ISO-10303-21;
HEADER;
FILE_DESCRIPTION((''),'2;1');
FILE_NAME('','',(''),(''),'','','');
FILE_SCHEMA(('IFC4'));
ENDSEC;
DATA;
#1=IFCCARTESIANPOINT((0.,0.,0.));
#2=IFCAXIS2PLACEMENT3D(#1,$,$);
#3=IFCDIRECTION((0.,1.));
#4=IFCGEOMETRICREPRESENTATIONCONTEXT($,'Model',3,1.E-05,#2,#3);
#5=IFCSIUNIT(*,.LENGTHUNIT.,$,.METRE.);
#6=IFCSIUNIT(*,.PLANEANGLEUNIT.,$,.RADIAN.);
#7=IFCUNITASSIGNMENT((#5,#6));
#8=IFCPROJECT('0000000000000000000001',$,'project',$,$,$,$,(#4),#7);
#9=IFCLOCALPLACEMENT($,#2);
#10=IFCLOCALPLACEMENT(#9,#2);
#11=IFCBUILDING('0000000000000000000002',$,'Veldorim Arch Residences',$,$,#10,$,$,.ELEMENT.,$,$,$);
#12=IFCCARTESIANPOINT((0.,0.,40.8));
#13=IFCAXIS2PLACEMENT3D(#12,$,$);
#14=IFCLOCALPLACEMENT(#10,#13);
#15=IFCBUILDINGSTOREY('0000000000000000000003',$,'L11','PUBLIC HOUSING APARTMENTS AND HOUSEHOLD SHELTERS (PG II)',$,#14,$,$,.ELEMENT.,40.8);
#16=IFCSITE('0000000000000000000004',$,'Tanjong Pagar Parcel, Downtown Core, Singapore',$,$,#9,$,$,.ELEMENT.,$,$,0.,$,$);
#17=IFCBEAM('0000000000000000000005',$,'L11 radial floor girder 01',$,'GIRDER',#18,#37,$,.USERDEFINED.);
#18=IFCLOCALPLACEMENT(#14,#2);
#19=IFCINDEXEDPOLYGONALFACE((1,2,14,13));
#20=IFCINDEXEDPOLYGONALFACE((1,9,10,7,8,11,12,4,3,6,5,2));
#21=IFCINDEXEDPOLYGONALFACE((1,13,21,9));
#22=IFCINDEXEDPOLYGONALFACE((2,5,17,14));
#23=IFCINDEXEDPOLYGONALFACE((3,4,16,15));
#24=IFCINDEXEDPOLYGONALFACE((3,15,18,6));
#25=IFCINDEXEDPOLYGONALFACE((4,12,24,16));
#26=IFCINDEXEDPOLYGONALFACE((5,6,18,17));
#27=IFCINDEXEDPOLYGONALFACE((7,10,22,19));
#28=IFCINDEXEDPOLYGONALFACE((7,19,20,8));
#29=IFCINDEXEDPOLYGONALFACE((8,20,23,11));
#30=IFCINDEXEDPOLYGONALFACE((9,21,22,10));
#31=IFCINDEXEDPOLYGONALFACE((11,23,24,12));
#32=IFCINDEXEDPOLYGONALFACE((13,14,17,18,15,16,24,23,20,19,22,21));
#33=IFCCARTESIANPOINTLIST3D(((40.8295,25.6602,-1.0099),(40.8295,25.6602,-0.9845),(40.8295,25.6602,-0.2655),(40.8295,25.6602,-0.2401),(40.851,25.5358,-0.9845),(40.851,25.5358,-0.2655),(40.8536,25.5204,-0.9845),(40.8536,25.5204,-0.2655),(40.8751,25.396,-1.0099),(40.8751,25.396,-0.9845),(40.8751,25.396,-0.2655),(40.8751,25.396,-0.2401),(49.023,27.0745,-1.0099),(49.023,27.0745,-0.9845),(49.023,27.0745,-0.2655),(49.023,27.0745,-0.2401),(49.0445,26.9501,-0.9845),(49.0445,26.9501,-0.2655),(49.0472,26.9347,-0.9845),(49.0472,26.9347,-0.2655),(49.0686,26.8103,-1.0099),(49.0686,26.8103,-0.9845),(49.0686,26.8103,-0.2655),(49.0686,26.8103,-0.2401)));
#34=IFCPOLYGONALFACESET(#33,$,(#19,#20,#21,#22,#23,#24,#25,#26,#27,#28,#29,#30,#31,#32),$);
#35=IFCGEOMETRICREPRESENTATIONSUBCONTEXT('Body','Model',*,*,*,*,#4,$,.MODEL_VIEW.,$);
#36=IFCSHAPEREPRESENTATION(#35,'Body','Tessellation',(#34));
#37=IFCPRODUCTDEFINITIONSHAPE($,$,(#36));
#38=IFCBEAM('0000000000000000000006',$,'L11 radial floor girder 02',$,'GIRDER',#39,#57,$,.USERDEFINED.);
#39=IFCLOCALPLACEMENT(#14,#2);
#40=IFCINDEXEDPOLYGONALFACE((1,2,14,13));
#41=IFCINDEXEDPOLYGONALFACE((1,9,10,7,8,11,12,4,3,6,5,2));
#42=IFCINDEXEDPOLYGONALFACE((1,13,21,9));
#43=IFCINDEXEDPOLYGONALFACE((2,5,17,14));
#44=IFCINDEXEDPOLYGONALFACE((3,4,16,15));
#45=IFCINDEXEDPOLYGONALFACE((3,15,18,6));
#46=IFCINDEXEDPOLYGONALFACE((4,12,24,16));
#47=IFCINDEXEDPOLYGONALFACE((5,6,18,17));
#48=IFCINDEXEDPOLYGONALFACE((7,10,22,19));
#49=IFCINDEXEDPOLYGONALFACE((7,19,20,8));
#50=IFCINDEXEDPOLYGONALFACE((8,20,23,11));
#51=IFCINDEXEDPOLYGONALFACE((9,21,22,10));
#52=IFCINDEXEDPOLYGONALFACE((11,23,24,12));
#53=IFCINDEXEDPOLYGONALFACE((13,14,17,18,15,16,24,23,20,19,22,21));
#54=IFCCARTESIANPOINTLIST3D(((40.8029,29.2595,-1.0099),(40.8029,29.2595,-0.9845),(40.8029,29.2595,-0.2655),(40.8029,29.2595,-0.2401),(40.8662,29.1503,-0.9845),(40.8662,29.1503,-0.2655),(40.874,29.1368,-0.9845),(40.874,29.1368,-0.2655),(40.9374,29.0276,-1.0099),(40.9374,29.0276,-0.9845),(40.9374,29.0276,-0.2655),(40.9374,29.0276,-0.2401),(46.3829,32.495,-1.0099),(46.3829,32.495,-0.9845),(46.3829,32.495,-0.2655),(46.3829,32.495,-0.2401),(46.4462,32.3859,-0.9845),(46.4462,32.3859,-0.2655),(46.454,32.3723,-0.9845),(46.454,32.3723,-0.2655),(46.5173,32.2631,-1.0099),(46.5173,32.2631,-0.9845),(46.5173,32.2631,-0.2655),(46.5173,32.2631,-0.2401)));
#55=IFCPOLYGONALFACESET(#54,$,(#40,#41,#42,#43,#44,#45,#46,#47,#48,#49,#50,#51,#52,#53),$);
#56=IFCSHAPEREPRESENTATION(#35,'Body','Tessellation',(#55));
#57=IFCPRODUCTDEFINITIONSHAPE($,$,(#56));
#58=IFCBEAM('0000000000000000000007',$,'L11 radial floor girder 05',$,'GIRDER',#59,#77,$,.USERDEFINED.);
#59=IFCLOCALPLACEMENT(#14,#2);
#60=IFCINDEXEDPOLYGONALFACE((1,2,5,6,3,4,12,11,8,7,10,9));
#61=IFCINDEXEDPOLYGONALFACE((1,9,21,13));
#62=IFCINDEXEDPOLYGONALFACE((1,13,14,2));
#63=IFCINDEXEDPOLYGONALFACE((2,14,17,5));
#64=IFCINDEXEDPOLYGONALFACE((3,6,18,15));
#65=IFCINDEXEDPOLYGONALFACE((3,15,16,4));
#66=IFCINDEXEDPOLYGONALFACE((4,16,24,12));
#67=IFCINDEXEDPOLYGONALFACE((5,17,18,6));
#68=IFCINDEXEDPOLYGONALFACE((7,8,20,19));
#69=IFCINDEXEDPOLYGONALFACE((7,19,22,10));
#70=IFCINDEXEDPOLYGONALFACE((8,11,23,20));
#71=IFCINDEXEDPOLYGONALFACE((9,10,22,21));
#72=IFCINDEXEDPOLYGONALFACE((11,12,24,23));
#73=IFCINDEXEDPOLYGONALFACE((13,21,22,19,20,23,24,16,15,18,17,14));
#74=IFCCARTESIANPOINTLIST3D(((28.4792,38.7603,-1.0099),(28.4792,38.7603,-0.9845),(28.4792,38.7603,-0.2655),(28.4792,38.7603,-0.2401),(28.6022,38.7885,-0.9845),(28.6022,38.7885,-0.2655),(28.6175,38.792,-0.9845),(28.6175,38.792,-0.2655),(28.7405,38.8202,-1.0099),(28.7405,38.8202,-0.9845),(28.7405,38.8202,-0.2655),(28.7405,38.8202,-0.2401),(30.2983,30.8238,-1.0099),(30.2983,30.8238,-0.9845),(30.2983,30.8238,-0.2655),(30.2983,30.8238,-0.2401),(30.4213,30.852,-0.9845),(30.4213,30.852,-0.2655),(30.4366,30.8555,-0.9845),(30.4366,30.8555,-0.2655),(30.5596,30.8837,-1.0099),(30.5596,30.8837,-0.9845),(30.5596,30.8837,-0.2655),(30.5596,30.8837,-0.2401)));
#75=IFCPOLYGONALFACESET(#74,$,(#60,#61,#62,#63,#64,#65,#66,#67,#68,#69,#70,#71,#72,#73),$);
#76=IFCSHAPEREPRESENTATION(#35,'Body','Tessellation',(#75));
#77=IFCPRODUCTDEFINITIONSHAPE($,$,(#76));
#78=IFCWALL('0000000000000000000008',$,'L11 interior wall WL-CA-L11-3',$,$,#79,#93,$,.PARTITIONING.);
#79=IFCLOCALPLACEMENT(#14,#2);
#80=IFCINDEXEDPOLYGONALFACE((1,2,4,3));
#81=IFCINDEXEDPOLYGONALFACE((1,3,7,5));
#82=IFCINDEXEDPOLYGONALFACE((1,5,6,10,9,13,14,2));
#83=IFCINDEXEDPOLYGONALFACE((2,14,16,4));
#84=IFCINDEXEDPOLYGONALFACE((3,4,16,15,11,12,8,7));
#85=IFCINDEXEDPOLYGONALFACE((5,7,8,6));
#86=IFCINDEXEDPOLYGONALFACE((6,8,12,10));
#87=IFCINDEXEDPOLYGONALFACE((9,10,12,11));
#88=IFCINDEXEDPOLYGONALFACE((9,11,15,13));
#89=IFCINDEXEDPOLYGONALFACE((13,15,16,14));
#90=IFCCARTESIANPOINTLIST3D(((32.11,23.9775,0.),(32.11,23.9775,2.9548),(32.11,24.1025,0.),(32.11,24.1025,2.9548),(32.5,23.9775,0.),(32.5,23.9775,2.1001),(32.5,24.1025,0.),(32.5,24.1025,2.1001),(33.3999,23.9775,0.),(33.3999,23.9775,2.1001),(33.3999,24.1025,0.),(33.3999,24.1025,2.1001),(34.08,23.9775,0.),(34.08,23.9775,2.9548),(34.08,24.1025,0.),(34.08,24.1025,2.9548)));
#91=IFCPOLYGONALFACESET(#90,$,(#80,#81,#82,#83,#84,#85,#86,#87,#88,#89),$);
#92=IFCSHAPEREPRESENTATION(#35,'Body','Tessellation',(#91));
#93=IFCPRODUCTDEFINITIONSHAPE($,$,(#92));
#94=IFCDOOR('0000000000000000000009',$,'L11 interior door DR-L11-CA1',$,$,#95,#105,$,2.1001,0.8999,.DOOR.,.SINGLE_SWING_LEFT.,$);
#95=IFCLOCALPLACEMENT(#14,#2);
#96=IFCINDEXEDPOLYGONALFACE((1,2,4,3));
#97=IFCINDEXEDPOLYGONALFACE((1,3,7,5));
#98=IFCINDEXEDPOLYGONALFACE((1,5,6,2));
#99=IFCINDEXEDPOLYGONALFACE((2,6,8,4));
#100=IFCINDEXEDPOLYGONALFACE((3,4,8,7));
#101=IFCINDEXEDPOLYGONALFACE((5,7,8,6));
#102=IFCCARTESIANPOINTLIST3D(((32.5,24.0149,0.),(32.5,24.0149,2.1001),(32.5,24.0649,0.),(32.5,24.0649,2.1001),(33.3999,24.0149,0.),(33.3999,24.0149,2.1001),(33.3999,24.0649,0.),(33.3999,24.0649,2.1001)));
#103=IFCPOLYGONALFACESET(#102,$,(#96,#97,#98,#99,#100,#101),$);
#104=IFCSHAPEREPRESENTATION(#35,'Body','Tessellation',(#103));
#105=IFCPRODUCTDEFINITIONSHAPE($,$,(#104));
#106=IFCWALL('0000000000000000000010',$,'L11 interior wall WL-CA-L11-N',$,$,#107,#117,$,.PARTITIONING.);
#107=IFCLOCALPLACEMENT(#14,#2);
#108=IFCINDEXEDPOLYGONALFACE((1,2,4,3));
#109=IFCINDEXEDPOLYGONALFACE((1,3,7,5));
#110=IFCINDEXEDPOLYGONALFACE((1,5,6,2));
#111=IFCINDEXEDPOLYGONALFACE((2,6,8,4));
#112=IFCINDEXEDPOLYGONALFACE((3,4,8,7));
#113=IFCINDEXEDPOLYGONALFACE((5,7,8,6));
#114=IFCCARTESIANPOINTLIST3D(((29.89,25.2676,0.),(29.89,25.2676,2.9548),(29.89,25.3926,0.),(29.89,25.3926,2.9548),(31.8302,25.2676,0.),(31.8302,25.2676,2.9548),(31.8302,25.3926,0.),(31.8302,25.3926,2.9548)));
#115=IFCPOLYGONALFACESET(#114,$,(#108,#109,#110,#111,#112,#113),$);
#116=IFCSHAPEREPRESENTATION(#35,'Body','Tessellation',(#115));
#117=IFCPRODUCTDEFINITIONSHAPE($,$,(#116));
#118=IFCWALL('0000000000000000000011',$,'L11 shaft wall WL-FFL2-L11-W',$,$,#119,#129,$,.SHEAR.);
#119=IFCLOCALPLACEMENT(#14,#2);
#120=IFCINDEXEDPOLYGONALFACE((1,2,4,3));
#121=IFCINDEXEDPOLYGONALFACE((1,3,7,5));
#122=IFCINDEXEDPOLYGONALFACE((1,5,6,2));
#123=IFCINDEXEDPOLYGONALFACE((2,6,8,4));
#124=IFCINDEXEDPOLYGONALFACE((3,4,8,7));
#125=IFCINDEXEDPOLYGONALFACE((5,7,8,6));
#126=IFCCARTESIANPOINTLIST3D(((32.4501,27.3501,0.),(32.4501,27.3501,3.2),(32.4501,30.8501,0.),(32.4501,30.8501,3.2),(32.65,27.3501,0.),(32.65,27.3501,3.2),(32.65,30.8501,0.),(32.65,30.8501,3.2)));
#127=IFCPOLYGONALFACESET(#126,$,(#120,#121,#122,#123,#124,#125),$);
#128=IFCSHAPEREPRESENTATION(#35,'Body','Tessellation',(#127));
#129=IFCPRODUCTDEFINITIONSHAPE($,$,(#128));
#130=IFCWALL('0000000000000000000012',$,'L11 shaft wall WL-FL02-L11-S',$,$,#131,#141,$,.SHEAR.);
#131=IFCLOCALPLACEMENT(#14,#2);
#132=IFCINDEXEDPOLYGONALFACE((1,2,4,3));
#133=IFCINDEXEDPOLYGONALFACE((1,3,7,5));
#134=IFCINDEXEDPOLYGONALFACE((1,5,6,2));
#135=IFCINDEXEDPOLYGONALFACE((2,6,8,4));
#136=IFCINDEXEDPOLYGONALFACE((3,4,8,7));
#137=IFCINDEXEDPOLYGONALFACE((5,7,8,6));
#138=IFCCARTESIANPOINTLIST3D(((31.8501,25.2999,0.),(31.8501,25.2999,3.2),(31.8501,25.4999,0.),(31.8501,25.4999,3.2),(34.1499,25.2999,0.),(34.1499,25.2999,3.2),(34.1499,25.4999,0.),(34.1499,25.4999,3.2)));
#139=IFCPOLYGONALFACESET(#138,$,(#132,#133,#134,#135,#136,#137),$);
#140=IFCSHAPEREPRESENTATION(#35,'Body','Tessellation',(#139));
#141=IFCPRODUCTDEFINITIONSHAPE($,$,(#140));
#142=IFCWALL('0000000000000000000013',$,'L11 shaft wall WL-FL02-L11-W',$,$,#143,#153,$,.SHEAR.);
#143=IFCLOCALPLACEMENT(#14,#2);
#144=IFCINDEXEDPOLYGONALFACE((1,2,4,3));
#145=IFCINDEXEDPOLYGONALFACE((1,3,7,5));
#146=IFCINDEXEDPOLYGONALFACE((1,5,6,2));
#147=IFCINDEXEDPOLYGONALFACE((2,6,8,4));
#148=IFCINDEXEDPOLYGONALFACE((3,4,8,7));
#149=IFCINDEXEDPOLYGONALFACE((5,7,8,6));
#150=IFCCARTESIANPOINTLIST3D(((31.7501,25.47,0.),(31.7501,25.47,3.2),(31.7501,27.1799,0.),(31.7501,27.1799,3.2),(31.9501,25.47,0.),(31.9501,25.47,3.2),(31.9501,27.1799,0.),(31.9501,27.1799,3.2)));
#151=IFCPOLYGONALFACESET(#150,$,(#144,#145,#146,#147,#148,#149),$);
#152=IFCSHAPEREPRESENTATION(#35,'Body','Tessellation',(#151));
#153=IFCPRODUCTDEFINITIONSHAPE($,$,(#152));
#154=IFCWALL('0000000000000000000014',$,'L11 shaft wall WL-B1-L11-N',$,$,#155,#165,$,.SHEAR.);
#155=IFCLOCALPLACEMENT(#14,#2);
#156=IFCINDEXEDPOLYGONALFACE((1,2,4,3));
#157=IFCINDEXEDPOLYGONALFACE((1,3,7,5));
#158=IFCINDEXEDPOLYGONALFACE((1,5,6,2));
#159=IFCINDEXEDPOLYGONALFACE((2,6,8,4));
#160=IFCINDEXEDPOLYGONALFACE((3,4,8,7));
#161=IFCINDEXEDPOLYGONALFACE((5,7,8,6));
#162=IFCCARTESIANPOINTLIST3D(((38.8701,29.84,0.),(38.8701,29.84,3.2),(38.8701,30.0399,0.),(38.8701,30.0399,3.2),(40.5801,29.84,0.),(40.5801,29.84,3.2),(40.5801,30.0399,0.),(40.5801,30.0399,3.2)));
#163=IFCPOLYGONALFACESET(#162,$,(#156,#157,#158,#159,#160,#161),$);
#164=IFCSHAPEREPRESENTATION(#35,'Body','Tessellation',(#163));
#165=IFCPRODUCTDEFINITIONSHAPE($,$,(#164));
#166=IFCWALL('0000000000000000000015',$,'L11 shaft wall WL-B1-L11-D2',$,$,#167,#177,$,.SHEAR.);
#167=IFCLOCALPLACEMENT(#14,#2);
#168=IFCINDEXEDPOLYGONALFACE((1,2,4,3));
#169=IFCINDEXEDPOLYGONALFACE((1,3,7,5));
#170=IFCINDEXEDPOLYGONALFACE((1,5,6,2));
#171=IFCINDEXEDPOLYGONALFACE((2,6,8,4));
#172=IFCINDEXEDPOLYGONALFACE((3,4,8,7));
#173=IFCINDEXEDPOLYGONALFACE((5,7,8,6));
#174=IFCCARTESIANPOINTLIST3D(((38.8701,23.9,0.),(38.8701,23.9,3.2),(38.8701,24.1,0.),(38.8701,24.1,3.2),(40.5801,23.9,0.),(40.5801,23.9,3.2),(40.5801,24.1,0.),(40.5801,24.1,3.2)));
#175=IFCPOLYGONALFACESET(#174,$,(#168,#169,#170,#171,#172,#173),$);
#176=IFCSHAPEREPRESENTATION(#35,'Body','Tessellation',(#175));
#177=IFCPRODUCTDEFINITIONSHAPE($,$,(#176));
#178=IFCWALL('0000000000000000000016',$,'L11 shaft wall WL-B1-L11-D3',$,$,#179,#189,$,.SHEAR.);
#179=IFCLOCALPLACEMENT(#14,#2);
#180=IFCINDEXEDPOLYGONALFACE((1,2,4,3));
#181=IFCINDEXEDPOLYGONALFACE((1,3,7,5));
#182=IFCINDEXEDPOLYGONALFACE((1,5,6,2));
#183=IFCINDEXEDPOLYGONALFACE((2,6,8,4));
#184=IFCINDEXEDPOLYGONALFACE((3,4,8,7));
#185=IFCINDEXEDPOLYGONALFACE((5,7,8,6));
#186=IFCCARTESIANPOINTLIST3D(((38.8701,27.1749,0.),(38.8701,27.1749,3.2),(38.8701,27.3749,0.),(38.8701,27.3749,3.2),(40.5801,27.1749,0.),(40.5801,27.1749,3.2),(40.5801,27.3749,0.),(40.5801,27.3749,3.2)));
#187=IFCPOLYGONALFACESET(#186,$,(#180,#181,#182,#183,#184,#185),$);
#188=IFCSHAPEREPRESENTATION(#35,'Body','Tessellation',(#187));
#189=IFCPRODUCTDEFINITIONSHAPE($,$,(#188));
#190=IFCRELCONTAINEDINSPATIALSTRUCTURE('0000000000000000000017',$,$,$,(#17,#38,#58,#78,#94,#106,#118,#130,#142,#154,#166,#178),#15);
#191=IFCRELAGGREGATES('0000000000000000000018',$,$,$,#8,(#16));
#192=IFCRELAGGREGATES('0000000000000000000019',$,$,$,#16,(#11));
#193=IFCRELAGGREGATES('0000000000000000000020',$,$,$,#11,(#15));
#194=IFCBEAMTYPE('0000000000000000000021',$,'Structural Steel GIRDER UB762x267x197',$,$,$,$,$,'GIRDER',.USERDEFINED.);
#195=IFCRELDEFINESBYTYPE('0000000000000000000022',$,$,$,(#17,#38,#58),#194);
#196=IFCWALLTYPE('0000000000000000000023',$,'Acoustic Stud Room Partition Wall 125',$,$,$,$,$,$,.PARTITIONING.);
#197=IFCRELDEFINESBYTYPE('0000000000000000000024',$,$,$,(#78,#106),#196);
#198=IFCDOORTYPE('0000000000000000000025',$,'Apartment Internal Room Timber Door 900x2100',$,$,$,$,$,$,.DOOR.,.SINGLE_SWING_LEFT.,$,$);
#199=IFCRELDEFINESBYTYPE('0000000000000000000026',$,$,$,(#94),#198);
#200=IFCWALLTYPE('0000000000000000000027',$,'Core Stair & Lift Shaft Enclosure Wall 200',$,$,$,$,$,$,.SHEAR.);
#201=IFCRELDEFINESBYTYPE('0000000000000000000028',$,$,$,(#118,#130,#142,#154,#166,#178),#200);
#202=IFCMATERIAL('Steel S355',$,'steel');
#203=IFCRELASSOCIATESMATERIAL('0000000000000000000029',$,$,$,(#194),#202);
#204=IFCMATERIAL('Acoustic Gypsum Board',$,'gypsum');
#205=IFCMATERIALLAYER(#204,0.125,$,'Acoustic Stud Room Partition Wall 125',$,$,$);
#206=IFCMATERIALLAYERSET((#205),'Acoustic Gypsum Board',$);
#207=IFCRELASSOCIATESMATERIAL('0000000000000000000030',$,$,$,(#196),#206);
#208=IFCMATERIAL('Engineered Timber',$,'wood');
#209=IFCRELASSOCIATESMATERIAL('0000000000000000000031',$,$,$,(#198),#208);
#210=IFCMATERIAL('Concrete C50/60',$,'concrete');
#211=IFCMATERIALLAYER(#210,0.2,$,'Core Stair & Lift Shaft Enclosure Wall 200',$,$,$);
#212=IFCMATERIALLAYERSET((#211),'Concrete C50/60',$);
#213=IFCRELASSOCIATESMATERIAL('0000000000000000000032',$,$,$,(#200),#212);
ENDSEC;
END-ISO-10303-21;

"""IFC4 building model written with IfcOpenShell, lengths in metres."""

from ifc_helpers import new_model, si_unit, direction, frame, frame_2d, origin, origin_2d, place, context, subcontext, project, spatial, rectangle, i_section, extrude, material, layer, layer_set, material_profile, profile_set, type_object, element, fill, save


model = new_model("IFC4")

# Units and contexts
model_context = context("Model", 3, precision=1e-05, world=origin(), true_north=direction((0.0, 1.0)))
body_context = subcontext(model_context, "Body", "Model", "MODEL_VIEW")
ifc_project = project(units=[si_unit("LENGTHUNIT", "METRE"), si_unit("PLANEANGLEUNIT", "RADIAN")], contexts=[model_context])

# Site, building, storey
site_placement = place(None, origin())
site = spatial("IfcSite", under=ifc_project, at=site_placement, Name="Tanjong Pagar Parcel, Downtown Core, Singapore", CompositionType="ELEMENT", RefElevation=0.0)
building_placement = place(site_placement, origin())
building = spatial("IfcBuilding", under=site, at=building_placement, Name="Veldorim Arch Residences", CompositionType="ELEMENT")
storey_placement = place(building_placement, frame((0.0, 0.0, 40.8)))
storey = spatial("IfcBuildingStorey", under=building, at=storey_placement, Name="L11", Description="PUBLIC HOUSING APARTMENTS AND HOUSEHOLD SHELTERS (PG II)", CompositionType="ELEMENT", Elevation=40.8)

# Beams
ifc_material_1 = material(Name="Steel S355", Category="steel")
ifc_material_profile = material_profile(ifc_material_1, i_section(OverallWidth=0.2681, OverallDepth=0.7698, WebThickness=0.0156, FlangeThickness=0.0254, at=origin_2d()), Name="UB762x267x197")
ifc_profile_set = profile_set([ifc_material_profile], Name="Steel S355")
beam_type = type_object("IfcBeamType", Name="Structural Steel GIRDER UB762x267x197", ElementType="GIRDER", PredefinedType="USERDEFINED", material=ifc_profile_set)
beam_1_placement = place(storey_placement, frame((40.8523, 25.5281, -0.625), z_axis=(0.985428, 0.170096, 0.0), x_axis=(-0.170096, 0.985428, 0.0)))
element("IfcBeam", 1, at=beam_1_placement, inside=storey, type_object=beam_type, Name="L11 radial floor girder 01", ObjectType="GIRDER", PredefinedType="USERDEFINED", context=body_context, shape_type="SweptSolid", body=[
    extrude(i_section(OverallWidth=0.2681, OverallDepth=0.7698, WebThickness=0.0156, FlangeThickness=0.0254, at=origin_2d()), origin(), (0.0, 0.0, 1.0), 8.3147),
])
beam_2_placement = place(storey_placement, frame((40.8701, 29.1436, -0.625), z_axis=(0.865088, 0.50162, 0.0), x_axis=(-0.50162, 0.865088, 0.0)))
element("IfcBeam", 2, at=beam_2_placement, inside=storey, type_object=beam_type, Name="L11 radial floor girder 02", ObjectType="GIRDER", PredefinedType="USERDEFINED", context=body_context, shape_type="SweptSolid", body=[
    extrude(i_section(OverallWidth=0.2681, OverallDepth=0.7698, WebThickness=0.0156, FlangeThickness=0.0254, at=origin_2d()), origin(), (0.0, 0.0, 1.0), 6.4502),
])
beam_3_placement = place(storey_placement, frame((30.429, 30.8538, -0.625), z_axis=(-0.223412, 0.974724, 0.0), x_axis=(-0.974724, -0.223412, 0.0)))
element("IfcBeam", 3, at=beam_3_placement, inside=storey, type_object=beam_type, Name="L11 radial floor girder 05", ObjectType="GIRDER", PredefinedType="USERDEFINED", context=body_context, shape_type="SweptSolid", body=[
    extrude(i_section(OverallWidth=0.2681, OverallDepth=0.7698, WebThickness=0.0156, FlangeThickness=0.0254, at=origin_2d()), origin(), (0.0, 0.0, 1.0), 8.1423),
])

# Wall, opening, door
ifc_material_2 = material(Name="Acoustic Gypsum Board", Category="gypsum")
ifc_layer_1 = layer(ifc_material_2, 0.125, Name="Acoustic Stud Room Partition Wall 125")
ifc_layer_set_1 = layer_set([ifc_layer_1], Name="Acoustic Gypsum Board")
wall_type_1 = type_object("IfcWallType", Name="Acoustic Stud Room Partition Wall 125", PredefinedType="PARTITIONING", material=ifc_layer_set_1)
wall_1_placement = place(storey_placement, frame((32.1101, 24.04, 0.0), z_axis=(0.0, 0.0, 1.0), x_axis=(1.0, 0.0, 0.0)))
wall_1 = element("IfcWall", 4, at=wall_1_placement, inside=storey, type_object=wall_type_1, Name="L11 interior wall WL-CA-L11-3", PredefinedType="PARTITIONING", context=body_context, shape_type="SweptSolid", body=[
    extrude(rectangle(XDim=1.97, YDim=0.125, at=frame_2d((0.9849, 0.0))), origin(), (0.0, 0.0, 1.0), 2.9548),
])
opening_1_placement = place(wall_1_placement, frame((0.3899, 0.0, 0.0)))
opening_1 = element("IfcOpeningElement", 5, at=opening_1_placement, cuts=wall_1, PredefinedType="OPENING", context=body_context, shape_type="SweptSolid", body=[
    extrude(rectangle(XDim=0.8999, YDim=2.1001, at=frame_2d((0.45, 1.05))), frame((0.0, 0.0725, 0.0), z_axis=(0.0, -1.0, 0.0), x_axis=(1.0, 0.0, 0.0)), (0.0, 0.0, 1.0), 0.145),
])
ifc_material_3 = material(Name="Engineered Timber", Category="wood")
door_type_1 = type_object("IfcDoorType", Name="Apartment Internal Room Timber Door 900x2100", OperationType="SINGLE_SWING_LEFT", PredefinedType="DOOR", material=ifc_material_3)
door_1_placement = place(opening_1_placement, origin())
door_1 = element("IfcDoor", 6, at=door_1_placement, inside=storey, type_object=door_type_1, Name="L11 interior door DR-L11-CA1", OperationType="SINGLE_SWING_LEFT", OverallHeight=2.1001, OverallWidth=0.8999, PredefinedType="DOOR", context=body_context, shape_type="SweptSolid", body=[
    extrude(rectangle(XDim=0.8999, YDim=2.1001, at=frame_2d((0.45, 1.05))), frame((0.0, 0.0249, 0.0), z_axis=(0.0, -1.0, 0.0), x_axis=(1.0, 0.0, 0.0)), (0.0, 0.0, 1.0), 0.05),
])
fill(opening_1, door_1)

# Wall
wall_2_placement = place(storey_placement, frame((29.8899, 25.3301, 0.0), z_axis=(0.0, 0.0, 1.0), x_axis=(1.0, 0.0, 0.0)))
element("IfcWall", 7, at=wall_2_placement, inside=storey, type_object=wall_type_1, Name="L11 interior wall WL-CA-L11-N", PredefinedType="PARTITIONING", context=body_context, shape_type="SweptSolid", body=[
    extrude(rectangle(XDim=1.9402, YDim=0.125, at=frame_2d((0.9702, 0.0))), origin(), (0.0, 0.0, 1.0), 2.9548),
])

# Shared definitions
ifc_material_4 = material(Name="Concrete C50/60", Category="concrete")
ifc_layer_2 = layer(ifc_material_4, 0.2, Name="Core Stair & Lift Shaft Enclosure Wall 200")
ifc_layer_set_2 = layer_set([ifc_layer_2], Name="Concrete C50/60")
wall_type_2 = type_object("IfcWallType", Name="Core Stair & Lift Shaft Enclosure Wall 200", PredefinedType="SHEAR", material=ifc_layer_set_2)

# Wall
wall_3_placement = place(storey_placement, frame((32.55, 27.3501, 0.0), z_axis=(0.0, 0.0, 1.0), x_axis=(0.0, 1.0, 0.0)))
element("IfcWall", 8, at=wall_3_placement, inside=storey, type_object=wall_type_2, Name="L11 shaft wall WL-FFL2-L11-W", PredefinedType="SHEAR", context=body_context, shape_type="SweptSolid", body=[
    extrude(rectangle(XDim=3.5, YDim=0.2, at=frame_2d((1.75, 0.0))), origin(), (0.0, 0.0, 1.0), 3.2),
])

# Walls
wall_4_placement = place(storey_placement, frame((31.8501, 25.3999, 0.0), z_axis=(0.0, 0.0, 1.0), x_axis=(1.0, 0.0, 0.0)))
element("IfcWall", 9, at=wall_4_placement, inside=storey, type_object=wall_type_2, Name="L11 shaft wall WL-FL02-L11-S", PredefinedType="SHEAR", context=body_context, shape_type="SweptSolid", body=[
    extrude(rectangle(XDim=2.2998, YDim=0.2, at=frame_2d((1.1499, 0.0))), origin(), (0.0, 0.0, 1.0), 3.2),
])
for number, where, z_axis, x_axis, name in (
    (10, (31.8501, 25.47, 0.0), (0.0, 0.0, 1.0), (0.0, 1.0, 0.0), "L11 shaft wall WL-FL02-L11-W"),
    (11, (38.8701, 29.9399, 0.0), (0.0, 0.0, 1.0), (1.0, 0.0, 0.0), "L11 shaft wall WL-B1-L11-N"),
    (12, (38.8701, 24.0, 0.0), (0.0, 0.0, 1.0), (1.0, 0.0, 0.0), "L11 shaft wall WL-B1-L11-D2"),
    (13, (38.8701, 27.2749, 0.0), (0.0, 0.0, 1.0), (1.0, 0.0, 0.0), "L11 shaft wall WL-B1-L11-D3"),
):
    element("IfcWall", number, at=place(storey_placement, frame(where, z_axis=z_axis, x_axis=x_axis)), inside=storey, type_object=wall_type_2, Name=name, PredefinedType="SHEAR", context=body_context, shape_type="SweptSolid", body=[
        extrude(rectangle(XDim=1.71, YDim=0.2, at=frame_2d((0.855, 0.0))), origin(), (0.0, 0.0, 1.0), 3.2),
    ])

save(model, "model.ifc")
